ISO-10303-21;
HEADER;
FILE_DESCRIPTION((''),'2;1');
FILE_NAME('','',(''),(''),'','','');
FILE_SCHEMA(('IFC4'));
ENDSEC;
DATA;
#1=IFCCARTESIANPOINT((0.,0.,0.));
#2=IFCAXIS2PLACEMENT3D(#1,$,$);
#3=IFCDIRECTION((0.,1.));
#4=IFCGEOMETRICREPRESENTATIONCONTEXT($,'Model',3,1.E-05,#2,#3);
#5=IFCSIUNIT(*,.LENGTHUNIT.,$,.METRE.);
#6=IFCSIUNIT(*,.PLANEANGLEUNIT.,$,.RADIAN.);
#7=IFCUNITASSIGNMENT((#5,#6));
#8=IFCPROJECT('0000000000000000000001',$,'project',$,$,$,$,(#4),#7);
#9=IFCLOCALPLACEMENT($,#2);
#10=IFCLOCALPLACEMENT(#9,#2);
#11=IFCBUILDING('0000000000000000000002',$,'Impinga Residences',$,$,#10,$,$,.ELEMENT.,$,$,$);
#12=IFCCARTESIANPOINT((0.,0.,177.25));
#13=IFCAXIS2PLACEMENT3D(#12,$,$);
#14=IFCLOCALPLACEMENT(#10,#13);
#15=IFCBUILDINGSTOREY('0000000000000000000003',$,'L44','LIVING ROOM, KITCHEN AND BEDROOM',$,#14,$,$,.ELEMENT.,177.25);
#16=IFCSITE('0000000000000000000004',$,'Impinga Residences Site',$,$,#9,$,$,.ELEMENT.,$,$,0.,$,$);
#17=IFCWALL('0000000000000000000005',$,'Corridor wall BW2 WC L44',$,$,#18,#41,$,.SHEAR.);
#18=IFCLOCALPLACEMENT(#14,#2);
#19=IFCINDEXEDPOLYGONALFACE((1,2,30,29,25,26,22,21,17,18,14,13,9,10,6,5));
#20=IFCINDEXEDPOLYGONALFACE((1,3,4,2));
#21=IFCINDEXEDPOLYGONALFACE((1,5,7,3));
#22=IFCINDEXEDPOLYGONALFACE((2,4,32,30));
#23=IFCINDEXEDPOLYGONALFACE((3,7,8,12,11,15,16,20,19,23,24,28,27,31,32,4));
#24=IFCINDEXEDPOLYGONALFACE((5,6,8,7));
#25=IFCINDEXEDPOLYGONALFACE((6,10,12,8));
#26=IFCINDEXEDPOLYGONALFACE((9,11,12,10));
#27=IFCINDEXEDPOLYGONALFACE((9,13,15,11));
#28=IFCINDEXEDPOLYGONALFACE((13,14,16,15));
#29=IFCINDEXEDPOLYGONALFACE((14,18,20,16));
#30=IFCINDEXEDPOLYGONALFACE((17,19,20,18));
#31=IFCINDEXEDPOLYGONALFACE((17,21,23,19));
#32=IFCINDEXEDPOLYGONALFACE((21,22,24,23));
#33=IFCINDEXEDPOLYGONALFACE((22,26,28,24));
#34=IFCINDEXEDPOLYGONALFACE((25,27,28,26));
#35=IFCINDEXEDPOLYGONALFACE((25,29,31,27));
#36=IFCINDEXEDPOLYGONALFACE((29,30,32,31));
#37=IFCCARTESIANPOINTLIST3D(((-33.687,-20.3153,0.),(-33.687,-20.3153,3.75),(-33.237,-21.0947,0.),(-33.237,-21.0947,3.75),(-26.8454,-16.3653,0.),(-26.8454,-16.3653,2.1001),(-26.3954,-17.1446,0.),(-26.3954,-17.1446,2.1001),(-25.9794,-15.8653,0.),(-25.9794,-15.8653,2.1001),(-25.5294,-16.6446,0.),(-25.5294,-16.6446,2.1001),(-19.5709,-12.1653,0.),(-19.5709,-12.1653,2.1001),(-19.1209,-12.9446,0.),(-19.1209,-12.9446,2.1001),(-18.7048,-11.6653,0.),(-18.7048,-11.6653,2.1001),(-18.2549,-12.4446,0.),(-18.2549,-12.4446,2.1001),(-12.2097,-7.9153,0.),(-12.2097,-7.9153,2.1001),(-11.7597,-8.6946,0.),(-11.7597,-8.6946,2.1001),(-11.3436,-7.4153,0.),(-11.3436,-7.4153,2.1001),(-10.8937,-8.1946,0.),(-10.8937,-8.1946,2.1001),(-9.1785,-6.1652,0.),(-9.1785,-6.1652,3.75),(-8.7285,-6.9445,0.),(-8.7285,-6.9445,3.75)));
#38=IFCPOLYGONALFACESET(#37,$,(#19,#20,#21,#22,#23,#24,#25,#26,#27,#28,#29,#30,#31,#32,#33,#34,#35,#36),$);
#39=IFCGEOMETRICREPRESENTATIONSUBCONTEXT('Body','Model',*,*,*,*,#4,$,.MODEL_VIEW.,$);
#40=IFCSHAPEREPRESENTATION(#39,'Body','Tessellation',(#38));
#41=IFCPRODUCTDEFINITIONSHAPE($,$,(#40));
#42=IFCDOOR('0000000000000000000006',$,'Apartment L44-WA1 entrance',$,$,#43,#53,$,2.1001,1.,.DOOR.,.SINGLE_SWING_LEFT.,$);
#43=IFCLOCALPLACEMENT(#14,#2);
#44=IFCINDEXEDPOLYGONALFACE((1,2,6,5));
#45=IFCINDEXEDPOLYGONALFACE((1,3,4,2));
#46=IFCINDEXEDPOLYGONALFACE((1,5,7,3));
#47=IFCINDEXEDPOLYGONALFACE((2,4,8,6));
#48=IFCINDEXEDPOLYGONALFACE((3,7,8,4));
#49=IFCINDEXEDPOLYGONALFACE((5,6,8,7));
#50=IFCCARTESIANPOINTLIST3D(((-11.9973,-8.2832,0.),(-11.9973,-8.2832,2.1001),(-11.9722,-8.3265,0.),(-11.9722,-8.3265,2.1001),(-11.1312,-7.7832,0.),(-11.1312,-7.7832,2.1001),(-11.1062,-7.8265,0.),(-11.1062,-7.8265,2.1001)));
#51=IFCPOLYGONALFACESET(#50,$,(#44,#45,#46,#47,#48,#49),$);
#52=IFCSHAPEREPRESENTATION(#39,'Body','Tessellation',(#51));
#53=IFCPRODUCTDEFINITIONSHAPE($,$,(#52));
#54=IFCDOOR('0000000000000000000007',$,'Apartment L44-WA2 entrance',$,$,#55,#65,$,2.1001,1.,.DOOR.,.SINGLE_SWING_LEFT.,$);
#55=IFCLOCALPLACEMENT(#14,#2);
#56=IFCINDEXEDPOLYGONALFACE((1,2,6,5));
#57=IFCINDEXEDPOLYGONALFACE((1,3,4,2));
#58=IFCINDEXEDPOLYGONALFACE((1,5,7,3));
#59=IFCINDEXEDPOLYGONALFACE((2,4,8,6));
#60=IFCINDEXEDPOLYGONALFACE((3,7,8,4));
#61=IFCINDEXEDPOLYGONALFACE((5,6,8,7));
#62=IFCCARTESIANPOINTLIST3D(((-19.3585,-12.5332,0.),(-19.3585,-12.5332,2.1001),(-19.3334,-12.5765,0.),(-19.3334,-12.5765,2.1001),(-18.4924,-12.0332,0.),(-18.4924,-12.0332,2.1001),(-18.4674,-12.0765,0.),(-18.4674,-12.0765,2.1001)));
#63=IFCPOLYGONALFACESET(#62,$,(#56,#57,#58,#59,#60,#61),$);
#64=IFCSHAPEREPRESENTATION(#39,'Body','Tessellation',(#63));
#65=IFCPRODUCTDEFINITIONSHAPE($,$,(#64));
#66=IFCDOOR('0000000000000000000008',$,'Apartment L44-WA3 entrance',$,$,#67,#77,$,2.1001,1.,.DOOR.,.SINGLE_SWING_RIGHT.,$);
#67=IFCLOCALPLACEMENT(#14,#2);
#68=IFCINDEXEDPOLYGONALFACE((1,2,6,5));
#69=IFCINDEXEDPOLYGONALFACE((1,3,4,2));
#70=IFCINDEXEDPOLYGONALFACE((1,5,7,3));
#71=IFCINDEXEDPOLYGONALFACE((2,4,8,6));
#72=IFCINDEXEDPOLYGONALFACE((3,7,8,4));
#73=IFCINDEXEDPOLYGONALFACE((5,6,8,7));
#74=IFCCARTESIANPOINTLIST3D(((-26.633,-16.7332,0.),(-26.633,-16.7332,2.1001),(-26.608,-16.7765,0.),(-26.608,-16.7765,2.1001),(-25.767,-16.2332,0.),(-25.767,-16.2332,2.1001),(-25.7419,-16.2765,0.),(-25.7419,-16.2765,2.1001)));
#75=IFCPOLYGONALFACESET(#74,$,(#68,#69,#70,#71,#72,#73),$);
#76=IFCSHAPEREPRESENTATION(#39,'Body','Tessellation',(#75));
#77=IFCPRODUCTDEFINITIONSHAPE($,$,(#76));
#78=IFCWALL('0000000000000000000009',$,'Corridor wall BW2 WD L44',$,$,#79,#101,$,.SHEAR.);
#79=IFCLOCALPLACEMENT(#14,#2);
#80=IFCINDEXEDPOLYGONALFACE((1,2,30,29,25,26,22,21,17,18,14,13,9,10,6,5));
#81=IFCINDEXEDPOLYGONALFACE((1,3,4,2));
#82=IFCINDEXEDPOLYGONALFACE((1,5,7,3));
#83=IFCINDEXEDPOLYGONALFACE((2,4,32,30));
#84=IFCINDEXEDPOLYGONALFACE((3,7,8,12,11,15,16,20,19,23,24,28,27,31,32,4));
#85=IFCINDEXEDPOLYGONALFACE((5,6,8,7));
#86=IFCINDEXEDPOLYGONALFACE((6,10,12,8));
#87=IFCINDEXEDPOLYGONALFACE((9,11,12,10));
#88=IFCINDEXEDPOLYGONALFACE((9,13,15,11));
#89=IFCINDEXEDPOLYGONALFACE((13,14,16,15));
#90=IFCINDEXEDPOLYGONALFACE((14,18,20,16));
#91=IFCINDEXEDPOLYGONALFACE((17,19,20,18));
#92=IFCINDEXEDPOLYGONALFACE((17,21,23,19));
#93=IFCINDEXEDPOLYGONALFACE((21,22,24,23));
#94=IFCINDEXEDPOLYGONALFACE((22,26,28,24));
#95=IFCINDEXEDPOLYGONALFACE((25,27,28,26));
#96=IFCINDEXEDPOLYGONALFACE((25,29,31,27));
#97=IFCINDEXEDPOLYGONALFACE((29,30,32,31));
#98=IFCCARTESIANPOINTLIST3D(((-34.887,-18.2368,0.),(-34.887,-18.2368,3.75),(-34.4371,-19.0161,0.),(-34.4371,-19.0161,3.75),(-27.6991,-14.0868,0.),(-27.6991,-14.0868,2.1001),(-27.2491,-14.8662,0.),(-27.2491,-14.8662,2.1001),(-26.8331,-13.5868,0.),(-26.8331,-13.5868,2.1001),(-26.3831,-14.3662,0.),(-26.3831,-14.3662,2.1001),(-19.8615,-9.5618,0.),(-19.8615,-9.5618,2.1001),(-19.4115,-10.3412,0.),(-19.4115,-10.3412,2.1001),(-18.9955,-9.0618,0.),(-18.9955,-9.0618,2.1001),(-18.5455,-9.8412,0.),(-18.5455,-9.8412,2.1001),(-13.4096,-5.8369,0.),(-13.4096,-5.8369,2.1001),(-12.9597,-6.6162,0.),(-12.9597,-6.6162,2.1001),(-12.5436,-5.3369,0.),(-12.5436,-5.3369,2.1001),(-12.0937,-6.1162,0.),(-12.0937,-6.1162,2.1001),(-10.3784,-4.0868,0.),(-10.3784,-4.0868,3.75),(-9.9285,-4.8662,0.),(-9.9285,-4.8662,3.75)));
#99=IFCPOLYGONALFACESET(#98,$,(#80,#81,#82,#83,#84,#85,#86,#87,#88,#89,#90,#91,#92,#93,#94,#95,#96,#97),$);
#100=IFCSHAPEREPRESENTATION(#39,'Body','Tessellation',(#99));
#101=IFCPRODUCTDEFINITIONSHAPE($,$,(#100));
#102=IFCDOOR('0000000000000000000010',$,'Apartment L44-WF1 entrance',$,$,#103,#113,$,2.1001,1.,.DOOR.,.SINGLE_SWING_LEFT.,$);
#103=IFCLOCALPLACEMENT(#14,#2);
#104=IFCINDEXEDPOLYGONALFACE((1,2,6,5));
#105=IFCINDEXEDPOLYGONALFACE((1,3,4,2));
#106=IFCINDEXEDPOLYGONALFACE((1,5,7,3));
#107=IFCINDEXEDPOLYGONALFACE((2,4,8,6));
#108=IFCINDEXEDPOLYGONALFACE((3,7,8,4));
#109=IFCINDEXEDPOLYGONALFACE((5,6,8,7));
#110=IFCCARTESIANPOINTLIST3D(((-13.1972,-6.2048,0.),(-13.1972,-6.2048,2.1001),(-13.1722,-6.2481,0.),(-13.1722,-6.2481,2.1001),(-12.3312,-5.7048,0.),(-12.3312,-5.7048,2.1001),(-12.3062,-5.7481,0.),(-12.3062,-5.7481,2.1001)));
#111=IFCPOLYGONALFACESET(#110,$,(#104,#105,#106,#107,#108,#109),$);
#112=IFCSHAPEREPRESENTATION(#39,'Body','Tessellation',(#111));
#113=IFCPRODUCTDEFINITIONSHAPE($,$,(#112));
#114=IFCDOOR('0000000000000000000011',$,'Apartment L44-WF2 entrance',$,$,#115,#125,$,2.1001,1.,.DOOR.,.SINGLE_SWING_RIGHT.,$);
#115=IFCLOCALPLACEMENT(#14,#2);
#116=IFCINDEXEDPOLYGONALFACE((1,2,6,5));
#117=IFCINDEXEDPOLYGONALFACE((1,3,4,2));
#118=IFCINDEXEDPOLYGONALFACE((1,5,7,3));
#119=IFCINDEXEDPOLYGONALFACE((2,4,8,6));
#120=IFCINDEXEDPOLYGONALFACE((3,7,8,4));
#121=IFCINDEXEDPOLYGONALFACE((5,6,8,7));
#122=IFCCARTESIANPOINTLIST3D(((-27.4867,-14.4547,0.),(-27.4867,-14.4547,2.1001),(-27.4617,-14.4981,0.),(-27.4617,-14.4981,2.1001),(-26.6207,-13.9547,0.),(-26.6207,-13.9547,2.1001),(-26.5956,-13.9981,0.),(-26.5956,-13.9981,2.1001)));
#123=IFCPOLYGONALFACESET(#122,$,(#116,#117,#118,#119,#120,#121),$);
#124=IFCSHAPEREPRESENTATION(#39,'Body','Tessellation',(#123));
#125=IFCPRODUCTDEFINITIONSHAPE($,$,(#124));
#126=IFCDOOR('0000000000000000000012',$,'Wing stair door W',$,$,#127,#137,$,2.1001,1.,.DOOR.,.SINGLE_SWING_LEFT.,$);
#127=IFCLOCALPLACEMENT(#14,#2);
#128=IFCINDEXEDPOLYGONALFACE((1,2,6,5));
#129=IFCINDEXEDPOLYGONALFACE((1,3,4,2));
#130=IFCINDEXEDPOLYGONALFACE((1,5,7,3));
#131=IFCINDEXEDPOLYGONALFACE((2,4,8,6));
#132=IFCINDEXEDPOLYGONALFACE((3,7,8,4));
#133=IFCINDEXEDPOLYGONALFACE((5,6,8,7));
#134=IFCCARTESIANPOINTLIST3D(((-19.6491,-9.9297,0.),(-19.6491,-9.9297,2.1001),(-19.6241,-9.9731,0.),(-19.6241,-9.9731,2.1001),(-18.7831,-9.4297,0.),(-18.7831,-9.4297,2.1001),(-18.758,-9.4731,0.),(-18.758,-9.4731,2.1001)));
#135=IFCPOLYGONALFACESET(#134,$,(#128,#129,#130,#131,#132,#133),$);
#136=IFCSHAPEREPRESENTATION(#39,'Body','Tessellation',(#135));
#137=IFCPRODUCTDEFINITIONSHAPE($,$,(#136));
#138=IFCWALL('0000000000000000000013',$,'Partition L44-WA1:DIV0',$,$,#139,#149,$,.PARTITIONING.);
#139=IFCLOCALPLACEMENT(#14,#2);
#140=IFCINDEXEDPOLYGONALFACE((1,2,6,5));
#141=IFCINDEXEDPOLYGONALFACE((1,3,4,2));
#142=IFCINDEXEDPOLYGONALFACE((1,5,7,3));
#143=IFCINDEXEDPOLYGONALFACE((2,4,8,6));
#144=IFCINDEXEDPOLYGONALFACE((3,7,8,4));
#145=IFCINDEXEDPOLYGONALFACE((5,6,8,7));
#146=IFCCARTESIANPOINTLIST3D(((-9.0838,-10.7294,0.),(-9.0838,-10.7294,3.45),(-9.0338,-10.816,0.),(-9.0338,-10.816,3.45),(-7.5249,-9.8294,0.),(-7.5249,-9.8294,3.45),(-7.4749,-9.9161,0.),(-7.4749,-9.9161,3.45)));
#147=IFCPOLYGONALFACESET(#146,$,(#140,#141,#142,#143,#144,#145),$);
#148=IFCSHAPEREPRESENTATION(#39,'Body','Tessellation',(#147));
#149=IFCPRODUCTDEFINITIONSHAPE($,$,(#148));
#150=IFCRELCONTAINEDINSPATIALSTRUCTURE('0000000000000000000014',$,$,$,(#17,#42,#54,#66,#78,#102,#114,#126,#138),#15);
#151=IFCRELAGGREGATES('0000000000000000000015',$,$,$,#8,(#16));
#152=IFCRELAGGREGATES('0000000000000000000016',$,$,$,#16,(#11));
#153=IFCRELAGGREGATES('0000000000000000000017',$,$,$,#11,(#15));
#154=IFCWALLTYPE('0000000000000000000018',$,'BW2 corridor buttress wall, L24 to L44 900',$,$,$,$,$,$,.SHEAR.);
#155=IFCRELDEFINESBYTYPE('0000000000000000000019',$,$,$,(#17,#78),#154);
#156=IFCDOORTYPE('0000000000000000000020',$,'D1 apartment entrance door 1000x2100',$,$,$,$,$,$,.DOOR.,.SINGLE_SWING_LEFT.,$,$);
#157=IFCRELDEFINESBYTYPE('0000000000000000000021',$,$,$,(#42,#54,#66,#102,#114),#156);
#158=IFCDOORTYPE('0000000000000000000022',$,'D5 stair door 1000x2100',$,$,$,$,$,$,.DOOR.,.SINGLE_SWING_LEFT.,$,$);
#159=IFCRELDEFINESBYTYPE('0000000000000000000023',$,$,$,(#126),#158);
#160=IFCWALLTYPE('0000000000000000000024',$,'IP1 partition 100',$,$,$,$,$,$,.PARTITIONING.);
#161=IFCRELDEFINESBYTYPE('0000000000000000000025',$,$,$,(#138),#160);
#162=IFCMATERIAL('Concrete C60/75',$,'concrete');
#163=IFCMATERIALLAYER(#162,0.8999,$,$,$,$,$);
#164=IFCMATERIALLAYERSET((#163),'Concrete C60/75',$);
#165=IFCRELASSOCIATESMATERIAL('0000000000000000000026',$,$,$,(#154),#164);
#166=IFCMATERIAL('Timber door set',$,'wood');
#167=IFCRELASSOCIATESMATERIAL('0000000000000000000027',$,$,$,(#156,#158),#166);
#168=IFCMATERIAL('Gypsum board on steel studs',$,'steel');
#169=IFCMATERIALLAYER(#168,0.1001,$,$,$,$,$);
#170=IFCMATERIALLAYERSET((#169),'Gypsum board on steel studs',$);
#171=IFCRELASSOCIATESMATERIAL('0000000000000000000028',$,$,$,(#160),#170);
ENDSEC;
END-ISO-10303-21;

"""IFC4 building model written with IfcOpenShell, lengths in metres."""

from ifc_helpers import new_model, si_unit, direction, frame, frame_2d, origin, place, context, subcontext, project, spatial, rectangle, extrude, material, layer, layer_set, type_object, element, fill, save


model = new_model("IFC4")

# Units and contexts
model_context = context("Model", 3, precision=1e-05, world=origin(), true_north=direction((0.0, 1.0)))
body_context = subcontext(model_context, "Body", "Model", "MODEL_VIEW")
ifc_project = project(units=[si_unit("LENGTHUNIT", "METRE"), si_unit("PLANEANGLEUNIT", "RADIAN")], contexts=[model_context])

# Site, building, storey
site_placement = place(None, origin())
site = spatial("IfcSite", under=ifc_project, at=site_placement, Name="Impinga Residences Site", CompositionType="ELEMENT", RefElevation=0.0)
building_placement = place(site_placement, origin())
building = spatial("IfcBuilding", under=site, at=building_placement, Name="Impinga Residences", CompositionType="ELEMENT")
storey_placement = place(building_placement, frame((0.0, 0.0, 177.25)))
storey = spatial("IfcBuildingStorey", under=building, at=storey_placement, Name="L44", Description="LIVING ROOM, KITCHEN AND BEDROOM", CompositionType="ELEMENT", Elevation=177.25)

# Walls, openings, doors
ifc_material_1 = material(Name="Concrete C60/75", Category="concrete")
ifc_layer_1 = layer(ifc_material_1, 0.8999)
ifc_layer_set_1 = layer_set([ifc_layer_1], Name="Concrete C60/75")
wall_type_1 = type_object("IfcWallType", Name="BW2 corridor buttress wall, L24 to L44 900", PredefinedType="SHEAR", material=ifc_layer_set_1)
wall_1_placement = place(storey_placement, frame((-8.9536, -6.5549, 0.0), z_axis=(0.0, 0.0, 1.0), x_axis=(-0.866023, -0.500003, 0.0)))
wall_1 = element("IfcWall", 1, at=wall_1_placement, inside=storey, type_object=wall_type_1, Name="Corridor wall BW2 WC L44", PredefinedType="SHEAR", context=body_context, shape_type="SweptSolid", body=[
    extrude(rectangle(XDim=28.3, YDim=0.8999, at=frame_2d((14.1499, 0.0))), origin(), (0.0, 0.0, 1.0), 3.75),
])
opening_1_placement = place(wall_1_placement, frame((2.5, 0.0, 0.0)))
opening_1 = element("IfcOpeningElement", 2, at=opening_1_placement, cuts=wall_1, PredefinedType="OPENING", context=body_context, shape_type="SweptSolid", body=[
    extrude(rectangle(XDim=1.0, YDim=2.1001, at=frame_2d((0.5, 1.05))), frame((0.0, 0.46, 0.0), z_axis=(0.0, -1.0, 0.0), x_axis=(1.0, 0.0, 0.0)), (0.0, 0.0, 1.0), 0.9199),
])
opening_2_placement = place(wall_1_placement, frame((11.0, 0.0, 0.0)))
opening_2 = element("IfcOpeningElement", 3, at=opening_2_placement, cuts=wall_1, PredefinedType="OPENING", context=body_context, shape_type="SweptSolid", body=[
    extrude(rectangle(XDim=1.0, YDim=2.1001, at=frame_2d((0.5, 1.05))), frame((0.0, 0.46, 0.0), z_axis=(0.0, -1.0, 0.0), x_axis=(1.0, 0.0, 0.0)), (0.0, 0.0, 1.0), 0.9199),
])
opening_3_placement = place(wall_1_placement, frame((19.3999, 0.0, 0.0)))
opening_3 = element("IfcOpeningElement", 4, at=opening_3_placement, cuts=wall_1, PredefinedType="OPENING", context=body_context, shape_type="SweptSolid", body=[
    extrude(rectangle(XDim=1.0, YDim=2.1001, at=frame_2d((0.5, 1.05))), frame((0.0, 0.46, 0.0), z_axis=(0.0, -1.0, 0.0), x_axis=(1.0, 0.0, 0.0)), (0.0, 0.0, 1.0), 0.9199),
])
ifc_material_2 = material(Name="Timber door set", Category="wood")
door_type_1 = type_object("IfcDoorType", Name="D1 apartment entrance door 1000x2100", OperationType="SINGLE_SWING_LEFT", PredefinedType="DOOR", material=ifc_material_2)
door_1_placement = place(opening_1_placement, origin())
door_1 = element("IfcDoor", 5, at=door_1_placement, inside=storey, type_object=door_type_1, Name="Apartment L44-WA1 entrance", OperationType="SINGLE_SWING_LEFT", OverallHeight=2.1001, OverallWidth=1.0, PredefinedType="DOOR", context=body_context, shape_type="SweptSolid", body=[
    extrude(rectangle(XDim=1.0, YDim=2.1001, at=frame_2d((0.5, 1.05))), frame((0.0, 0.0249, 0.0), z_axis=(0.0, -1.0, 0.0), x_axis=(1.0, 0.0, 0.0)), (0.0, 0.0, 1.0), 0.05),
])
fill(opening_1, door_1)
door_2_placement = place(opening_2_placement, origin())
door_2 = element("IfcDoor", 6, at=door_2_placement, inside=storey, type_object=door_type_1, Name="Apartment L44-WA2 entrance", OperationType="SINGLE_SWING_LEFT", OverallHeight=2.1001, OverallWidth=1.0, PredefinedType="DOOR", context=body_context, shape_type="SweptSolid", body=[
    extrude(rectangle(XDim=1.0, YDim=2.1001, at=frame_2d((0.5, 1.05))), frame((0.0, 0.0249, 0.0), z_axis=(0.0, -1.0, 0.0), x_axis=(1.0, 0.0, 0.0)), (0.0, 0.0, 1.0), 0.05),
])
fill(opening_2, door_2)
door_3_placement = place(opening_3_placement, origin())
door_3 = element("IfcDoor", 7, at=door_3_placement, inside=storey, type_object=door_type_1, Name="Apartment L44-WA3 entrance", OperationType="SINGLE_SWING_RIGHT", OverallHeight=2.1001, OverallWidth=1.0, PredefinedType="DOOR", context=body_context, shape_type="SweptSolid", body=[
    extrude(rectangle(XDim=1.0, YDim=2.1001, at=frame_2d((0.5, 1.05))), frame((0.0, 0.0249, 0.0), z_axis=(0.0, -1.0, 0.0), x_axis=(1.0, 0.0, 0.0)), (0.0, 0.0, 1.0), 0.05),
])
fill(opening_3, door_3)
wall_2_placement = place(storey_placement, frame((-10.1536, -4.4766, 0.0), z_axis=(0.0, 0.0, 1.0), x_axis=(-0.866027, -0.499997, 0.0)))
wall_2 = element("IfcWall", 8, at=wall_2_placement, inside=storey, type_object=wall_type_1, Name="Corridor wall BW2 WD L44", PredefinedType="SHEAR", context=body_context, shape_type="SweptSolid", body=[
    extrude(rectangle(XDim=28.3, YDim=0.8999, at=frame_2d((14.1499, 0.0))), origin(), (0.0, 0.0, 1.0), 3.75),
])
opening_4_placement = place(wall_2_placement, frame((9.95, 0.0, 0.0)))
opening_4 = element("IfcOpeningElement", 9, at=opening_4_placement, cuts=wall_2, PredefinedType="OPENING", context=body_context, shape_type="SweptSolid", body=[
    extrude(rectangle(XDim=1.0, YDim=2.1001, at=frame_2d((0.5, 1.05))), frame((0.0, 0.46, 0.0), z_axis=(0.0, -1.0, 0.0), x_axis=(1.0, 0.0, 0.0)), (0.0, 0.0, 1.0), 0.9199),
])
opening_5_placement = place(wall_2_placement, frame((2.5, 0.0, 0.0)))
opening_5 = element("IfcOpeningElement", 10, at=opening_5_placement, cuts=wall_2, PredefinedType="OPENING", context=body_context, shape_type="SweptSolid", body=[
    extrude(rectangle(XDim=1.0, YDim=2.1001, at=frame_2d((0.5, 1.05))), frame((0.0, 0.46, 0.0), z_axis=(0.0, -1.0, 0.0), x_axis=(1.0, 0.0, 0.0)), (0.0, 0.0, 1.0), 0.9199),
])
opening_6_placement = place(wall_2_placement, frame((19.0, 0.0, 0.0)))
opening_6 = element("IfcOpeningElement", 11, at=opening_6_placement, cuts=wall_2, PredefinedType="OPENING", context=body_context, shape_type="SweptSolid", body=[
    extrude(rectangle(XDim=1.0, YDim=2.1001, at=frame_2d((0.5, 1.05))), frame((0.0, 0.46, 0.0), z_axis=(0.0, -1.0, 0.0), x_axis=(1.0, 0.0, 0.0)), (0.0, 0.0, 1.0), 0.9199),
])
door_4_placement = place(opening_5_placement, origin())
door_4 = element("IfcDoor", 12, at=door_4_placement, inside=storey, type_object=door_type_1, Name="Apartment L44-WF1 entrance", OperationType="SINGLE_SWING_LEFT", OverallHeight=2.1001, OverallWidth=1.0, PredefinedType="DOOR", context=body_context, shape_type="SweptSolid", body=[
    extrude(rectangle(XDim=1.0, YDim=2.1001, at=frame_2d((0.5, 1.05))), frame((0.0, 0.0249, 0.0), z_axis=(0.0, -1.0, 0.0), x_axis=(1.0, 0.0, 0.0)), (0.0, 0.0, 1.0), 0.05),
])
fill(opening_5, door_4)
door_5_placement = place(opening_6_placement, origin())
door_5 = element("IfcDoor", 13, at=door_5_placement, inside=storey, type_object=door_type_1, Name="Apartment L44-WF2 entrance", OperationType="SINGLE_SWING_RIGHT", OverallHeight=2.1001, OverallWidth=1.0, PredefinedType="DOOR", context=body_context, shape_type="SweptSolid", body=[
    extrude(rectangle(XDim=1.0, YDim=2.1001, at=frame_2d((0.5, 1.05))), frame((0.0, 0.0249, 0.0), z_axis=(0.0, -1.0, 0.0), x_axis=(1.0, 0.0, 0.0)), (0.0, 0.0, 1.0), 0.05),
])
fill(opening_6, door_5)
door_type_2 = type_object("IfcDoorType", Name="D5 stair door 1000x2100", OperationType="SINGLE_SWING_LEFT", PredefinedType="DOOR", material=ifc_material_2)
door_6_placement = place(opening_4_placement, origin())
door_6 = element("IfcDoor", 14, at=door_6_placement, inside=storey, type_object=door_type_2, Name="Wing stair door W", OperationType="SINGLE_SWING_LEFT", OverallHeight=2.1001, OverallWidth=1.0, PredefinedType="DOOR", context=body_context, shape_type="SweptSolid", body=[
    extrude(rectangle(XDim=1.0, YDim=2.1001, at=frame_2d((0.5, 1.05))), frame((0.0, 0.0249, 0.0), z_axis=(0.0, -1.0, 0.0), x_axis=(1.0, 0.0, 0.0)), (0.0, 0.0, 1.0), 0.05),
])
fill(opening_4, door_6)

# Wall
ifc_material_3 = material(Name="Gypsum board on steel studs", Category="steel")
ifc_layer_2 = layer(ifc_material_3, 0.1001)
ifc_layer_set_2 = layer_set([ifc_layer_2], Name="Gypsum board on steel studs")
wall_type_2 = type_object("IfcWallType", Name="IP1 partition 100", PredefinedType="PARTITIONING", material=ifc_layer_set_2)
wall_3_placement = place(storey_placement, frame((-7.5, -9.8728, 0.0), z_axis=(0.0, 0.0, 1.0), x_axis=(-0.866048, -0.499961, 0.0)))
element("IfcWall", 15, at=wall_3_placement, inside=storey, type_object=wall_type_2, Name="Partition L44-WA1:DIV0", PredefinedType="PARTITIONING", context=body_context, shape_type="SweptSolid", body=[
    extrude(rectangle(XDim=1.8, YDim=0.1001, at=frame_2d((0.8999, 0.0))), origin(), (0.0, 0.0, 1.0), 3.45),
])

save(model, "model.ifc")
